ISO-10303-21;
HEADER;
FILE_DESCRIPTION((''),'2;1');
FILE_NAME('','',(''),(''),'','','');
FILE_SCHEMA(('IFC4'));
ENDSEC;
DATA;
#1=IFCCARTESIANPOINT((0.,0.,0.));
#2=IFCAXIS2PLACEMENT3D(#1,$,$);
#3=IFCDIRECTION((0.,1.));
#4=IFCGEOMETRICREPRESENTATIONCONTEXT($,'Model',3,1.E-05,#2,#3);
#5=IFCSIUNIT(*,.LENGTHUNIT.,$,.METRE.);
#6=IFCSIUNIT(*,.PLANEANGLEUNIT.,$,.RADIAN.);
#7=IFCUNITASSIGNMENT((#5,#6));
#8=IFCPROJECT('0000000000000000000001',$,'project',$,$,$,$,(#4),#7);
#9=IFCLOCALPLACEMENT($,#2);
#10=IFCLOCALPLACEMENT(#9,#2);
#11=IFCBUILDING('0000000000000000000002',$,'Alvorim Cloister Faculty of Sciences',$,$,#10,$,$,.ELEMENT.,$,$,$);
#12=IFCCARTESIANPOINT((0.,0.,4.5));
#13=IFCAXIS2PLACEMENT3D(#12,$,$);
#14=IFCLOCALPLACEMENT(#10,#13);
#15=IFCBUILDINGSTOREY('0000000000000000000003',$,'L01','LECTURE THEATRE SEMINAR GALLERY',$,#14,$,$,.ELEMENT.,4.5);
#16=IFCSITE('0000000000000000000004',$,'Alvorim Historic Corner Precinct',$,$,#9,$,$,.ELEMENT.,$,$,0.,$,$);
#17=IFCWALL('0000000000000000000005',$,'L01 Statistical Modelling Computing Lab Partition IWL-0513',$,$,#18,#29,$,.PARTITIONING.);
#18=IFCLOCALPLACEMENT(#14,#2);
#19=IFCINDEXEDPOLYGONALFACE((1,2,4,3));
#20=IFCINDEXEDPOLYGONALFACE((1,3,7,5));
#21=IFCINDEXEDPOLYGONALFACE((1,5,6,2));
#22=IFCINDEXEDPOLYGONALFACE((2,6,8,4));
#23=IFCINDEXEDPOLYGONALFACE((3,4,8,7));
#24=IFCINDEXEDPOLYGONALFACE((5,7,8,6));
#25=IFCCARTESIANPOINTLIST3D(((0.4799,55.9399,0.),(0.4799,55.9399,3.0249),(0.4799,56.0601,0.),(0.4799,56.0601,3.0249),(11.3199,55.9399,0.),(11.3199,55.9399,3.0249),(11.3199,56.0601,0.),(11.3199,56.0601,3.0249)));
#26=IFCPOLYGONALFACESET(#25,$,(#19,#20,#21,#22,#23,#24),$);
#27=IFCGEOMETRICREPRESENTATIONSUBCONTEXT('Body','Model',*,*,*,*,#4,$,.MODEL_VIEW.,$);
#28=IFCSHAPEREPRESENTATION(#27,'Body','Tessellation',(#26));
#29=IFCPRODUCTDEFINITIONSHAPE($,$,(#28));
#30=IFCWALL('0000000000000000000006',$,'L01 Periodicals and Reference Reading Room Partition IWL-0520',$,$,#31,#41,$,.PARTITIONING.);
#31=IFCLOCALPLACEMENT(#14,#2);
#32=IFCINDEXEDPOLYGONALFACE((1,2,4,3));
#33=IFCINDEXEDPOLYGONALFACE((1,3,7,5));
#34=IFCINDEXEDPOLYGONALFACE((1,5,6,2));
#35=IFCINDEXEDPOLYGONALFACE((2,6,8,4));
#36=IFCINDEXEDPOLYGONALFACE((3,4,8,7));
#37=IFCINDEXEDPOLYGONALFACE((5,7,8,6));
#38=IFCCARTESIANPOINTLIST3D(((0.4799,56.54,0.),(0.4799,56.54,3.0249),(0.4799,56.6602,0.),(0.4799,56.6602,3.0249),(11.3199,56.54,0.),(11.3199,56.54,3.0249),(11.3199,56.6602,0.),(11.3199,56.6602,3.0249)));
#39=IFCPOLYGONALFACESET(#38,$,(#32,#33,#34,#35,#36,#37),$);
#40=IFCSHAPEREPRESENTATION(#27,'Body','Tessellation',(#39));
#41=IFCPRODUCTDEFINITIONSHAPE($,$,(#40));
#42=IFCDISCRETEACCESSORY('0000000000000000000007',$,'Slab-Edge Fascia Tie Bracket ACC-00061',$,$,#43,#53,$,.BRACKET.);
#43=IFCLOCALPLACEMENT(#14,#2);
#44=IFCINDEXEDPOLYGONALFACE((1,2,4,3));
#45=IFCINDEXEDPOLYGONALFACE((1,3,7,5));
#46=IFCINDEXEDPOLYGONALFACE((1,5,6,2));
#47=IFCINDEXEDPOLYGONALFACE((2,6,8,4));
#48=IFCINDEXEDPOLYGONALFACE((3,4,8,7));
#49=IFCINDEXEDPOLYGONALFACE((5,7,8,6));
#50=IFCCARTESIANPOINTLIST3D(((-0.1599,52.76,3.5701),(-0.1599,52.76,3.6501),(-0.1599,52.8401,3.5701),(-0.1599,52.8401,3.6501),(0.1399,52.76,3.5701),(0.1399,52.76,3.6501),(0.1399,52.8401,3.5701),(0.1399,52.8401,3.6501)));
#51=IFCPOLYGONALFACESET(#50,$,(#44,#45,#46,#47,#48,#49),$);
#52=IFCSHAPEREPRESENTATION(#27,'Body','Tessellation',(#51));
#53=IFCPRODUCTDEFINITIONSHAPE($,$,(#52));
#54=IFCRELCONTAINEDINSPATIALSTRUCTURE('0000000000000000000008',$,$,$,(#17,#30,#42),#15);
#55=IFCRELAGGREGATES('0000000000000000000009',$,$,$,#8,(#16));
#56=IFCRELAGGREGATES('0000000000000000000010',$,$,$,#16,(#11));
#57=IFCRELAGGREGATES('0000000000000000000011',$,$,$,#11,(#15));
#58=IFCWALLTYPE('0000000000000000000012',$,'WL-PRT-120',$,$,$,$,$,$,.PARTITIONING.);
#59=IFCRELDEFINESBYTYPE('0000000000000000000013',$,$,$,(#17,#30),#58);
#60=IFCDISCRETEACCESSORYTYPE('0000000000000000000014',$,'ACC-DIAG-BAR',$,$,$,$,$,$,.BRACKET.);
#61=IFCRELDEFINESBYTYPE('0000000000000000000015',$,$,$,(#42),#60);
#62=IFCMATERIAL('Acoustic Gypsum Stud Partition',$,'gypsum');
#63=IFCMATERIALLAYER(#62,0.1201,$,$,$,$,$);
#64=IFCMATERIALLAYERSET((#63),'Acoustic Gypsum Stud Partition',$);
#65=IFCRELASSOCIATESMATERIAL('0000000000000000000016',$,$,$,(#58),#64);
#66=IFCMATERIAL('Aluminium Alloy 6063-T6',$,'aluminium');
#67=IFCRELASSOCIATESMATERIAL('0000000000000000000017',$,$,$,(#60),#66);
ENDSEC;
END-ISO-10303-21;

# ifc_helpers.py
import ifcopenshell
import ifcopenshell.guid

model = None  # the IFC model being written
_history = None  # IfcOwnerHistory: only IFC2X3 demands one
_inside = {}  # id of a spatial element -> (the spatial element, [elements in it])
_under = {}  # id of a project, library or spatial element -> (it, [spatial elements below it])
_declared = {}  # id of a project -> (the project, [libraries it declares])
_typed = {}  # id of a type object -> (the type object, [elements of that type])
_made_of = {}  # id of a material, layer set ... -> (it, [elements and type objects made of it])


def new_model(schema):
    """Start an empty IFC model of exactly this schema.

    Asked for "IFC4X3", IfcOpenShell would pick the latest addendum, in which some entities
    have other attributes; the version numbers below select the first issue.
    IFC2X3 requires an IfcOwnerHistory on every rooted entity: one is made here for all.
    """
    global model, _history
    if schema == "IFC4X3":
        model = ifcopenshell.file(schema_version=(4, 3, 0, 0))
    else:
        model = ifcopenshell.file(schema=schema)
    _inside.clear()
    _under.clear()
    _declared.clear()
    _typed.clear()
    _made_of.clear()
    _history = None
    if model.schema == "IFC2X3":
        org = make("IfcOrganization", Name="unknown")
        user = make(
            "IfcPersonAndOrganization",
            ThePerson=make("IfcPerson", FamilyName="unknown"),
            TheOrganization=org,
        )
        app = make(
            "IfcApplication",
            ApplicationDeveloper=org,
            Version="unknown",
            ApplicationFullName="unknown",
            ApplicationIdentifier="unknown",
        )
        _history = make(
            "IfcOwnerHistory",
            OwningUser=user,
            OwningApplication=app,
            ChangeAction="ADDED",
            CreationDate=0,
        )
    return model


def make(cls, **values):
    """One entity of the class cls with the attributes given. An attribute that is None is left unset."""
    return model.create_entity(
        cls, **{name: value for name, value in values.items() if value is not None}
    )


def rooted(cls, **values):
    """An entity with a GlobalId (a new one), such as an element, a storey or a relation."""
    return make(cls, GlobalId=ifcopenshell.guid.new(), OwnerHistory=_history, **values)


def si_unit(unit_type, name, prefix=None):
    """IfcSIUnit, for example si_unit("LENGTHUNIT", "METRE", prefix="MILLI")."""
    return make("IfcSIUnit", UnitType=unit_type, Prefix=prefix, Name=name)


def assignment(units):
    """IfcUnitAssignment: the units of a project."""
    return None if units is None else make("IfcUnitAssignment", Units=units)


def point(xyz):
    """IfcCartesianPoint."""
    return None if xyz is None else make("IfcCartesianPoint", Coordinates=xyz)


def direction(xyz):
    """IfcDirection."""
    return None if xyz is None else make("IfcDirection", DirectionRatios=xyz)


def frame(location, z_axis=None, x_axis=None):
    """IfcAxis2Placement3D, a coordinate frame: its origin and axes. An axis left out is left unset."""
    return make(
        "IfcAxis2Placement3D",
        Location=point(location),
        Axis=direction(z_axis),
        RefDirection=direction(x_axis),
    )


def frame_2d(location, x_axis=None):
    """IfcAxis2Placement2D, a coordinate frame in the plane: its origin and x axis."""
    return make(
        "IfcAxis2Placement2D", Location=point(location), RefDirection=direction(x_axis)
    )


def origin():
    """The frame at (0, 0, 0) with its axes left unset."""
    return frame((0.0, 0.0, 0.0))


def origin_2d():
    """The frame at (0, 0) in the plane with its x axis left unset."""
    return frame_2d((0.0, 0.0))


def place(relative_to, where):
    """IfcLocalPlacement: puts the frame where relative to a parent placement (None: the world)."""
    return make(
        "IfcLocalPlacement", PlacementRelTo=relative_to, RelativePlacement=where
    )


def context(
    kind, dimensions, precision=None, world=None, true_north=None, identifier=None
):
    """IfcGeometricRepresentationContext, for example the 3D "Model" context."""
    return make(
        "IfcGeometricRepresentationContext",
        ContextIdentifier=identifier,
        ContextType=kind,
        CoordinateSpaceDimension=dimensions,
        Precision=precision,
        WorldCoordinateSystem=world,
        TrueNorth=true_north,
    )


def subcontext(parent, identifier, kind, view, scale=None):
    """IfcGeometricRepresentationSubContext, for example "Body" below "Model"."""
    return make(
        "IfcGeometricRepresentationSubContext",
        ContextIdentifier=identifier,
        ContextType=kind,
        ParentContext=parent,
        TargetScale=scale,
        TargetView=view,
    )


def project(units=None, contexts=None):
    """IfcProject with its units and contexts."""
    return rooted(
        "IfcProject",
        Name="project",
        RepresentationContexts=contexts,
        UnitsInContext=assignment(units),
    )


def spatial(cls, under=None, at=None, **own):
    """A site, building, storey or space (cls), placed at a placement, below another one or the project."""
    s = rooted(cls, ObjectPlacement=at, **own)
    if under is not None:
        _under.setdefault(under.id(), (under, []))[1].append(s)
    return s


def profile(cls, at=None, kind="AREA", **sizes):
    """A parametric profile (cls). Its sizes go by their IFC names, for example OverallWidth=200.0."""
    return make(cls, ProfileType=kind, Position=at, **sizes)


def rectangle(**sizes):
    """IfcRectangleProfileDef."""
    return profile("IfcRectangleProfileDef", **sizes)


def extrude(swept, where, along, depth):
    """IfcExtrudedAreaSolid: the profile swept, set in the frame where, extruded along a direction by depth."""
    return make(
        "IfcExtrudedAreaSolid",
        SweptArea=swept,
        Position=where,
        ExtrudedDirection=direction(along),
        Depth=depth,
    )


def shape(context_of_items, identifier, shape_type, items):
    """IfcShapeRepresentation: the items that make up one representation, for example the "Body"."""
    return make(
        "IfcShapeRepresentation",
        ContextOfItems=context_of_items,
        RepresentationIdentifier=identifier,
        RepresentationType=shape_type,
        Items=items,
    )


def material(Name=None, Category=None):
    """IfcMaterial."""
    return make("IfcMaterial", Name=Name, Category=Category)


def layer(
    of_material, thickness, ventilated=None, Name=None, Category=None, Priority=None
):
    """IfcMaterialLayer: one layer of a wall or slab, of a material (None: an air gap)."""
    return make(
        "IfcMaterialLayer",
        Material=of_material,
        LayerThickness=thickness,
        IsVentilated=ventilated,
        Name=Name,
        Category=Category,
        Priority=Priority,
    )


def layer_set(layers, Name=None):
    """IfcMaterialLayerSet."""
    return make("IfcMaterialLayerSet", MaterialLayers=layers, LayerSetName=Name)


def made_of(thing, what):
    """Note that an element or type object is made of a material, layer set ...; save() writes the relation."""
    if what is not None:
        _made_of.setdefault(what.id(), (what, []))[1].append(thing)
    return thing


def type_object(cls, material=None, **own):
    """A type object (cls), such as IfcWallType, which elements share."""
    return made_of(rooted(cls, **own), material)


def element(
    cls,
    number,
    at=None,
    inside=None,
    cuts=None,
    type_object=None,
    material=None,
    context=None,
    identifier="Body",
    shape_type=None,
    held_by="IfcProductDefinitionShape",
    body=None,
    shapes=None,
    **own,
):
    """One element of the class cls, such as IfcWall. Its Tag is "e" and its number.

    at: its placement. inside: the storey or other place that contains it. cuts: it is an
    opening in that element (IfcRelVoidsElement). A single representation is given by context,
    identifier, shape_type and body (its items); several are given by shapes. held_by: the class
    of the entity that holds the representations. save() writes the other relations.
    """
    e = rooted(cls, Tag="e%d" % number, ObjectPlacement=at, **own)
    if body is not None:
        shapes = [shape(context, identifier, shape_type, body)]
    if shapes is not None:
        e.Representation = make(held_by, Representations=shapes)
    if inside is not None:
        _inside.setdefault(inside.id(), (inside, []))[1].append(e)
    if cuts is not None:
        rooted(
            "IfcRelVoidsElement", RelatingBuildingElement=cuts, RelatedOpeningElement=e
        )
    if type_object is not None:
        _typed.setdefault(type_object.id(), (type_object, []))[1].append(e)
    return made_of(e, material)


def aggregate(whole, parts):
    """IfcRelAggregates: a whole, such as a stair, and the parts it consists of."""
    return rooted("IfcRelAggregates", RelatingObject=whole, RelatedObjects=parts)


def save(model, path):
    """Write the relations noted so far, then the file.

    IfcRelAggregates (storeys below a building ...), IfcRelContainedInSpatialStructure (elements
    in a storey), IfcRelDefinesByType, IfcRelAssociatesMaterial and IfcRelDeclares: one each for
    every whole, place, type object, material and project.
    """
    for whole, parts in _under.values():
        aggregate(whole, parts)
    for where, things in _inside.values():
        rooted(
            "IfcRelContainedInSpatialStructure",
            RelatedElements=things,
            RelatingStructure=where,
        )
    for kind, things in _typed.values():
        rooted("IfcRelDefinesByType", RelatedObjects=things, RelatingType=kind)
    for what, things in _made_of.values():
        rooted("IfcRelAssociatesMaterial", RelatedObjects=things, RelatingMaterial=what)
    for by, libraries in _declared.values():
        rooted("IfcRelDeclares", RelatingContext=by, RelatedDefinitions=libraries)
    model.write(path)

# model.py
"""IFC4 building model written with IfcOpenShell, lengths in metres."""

from ifc_helpers import new_model, si_unit, direction, frame, frame_2d, origin, origin_2d, place, context, subcontext, project, spatial, rectangle, extrude, material, layer, layer_set, type_object, element, save


model = new_model("IFC4")

# Units and contexts
model_context = context("Model", 3, precision=1e-05, world=origin(), true_north=direction((0.0, 1.0)))
body_context = subcontext(model_context, "Body", "Model", "MODEL_VIEW")
ifc_project = project(units=[si_unit("LENGTHUNIT", "METRE"), si_unit("PLANEANGLEUNIT", "RADIAN")], contexts=[model_context])

# Site, building, storey
site_placement = place(None, origin())
site = spatial("IfcSite", under=ifc_project, at=site_placement, Name="Alvorim Historic Corner Precinct", CompositionType="ELEMENT", RefElevation=0.0)
building_placement = place(site_placement, origin())
building = spatial("IfcBuilding", under=site, at=building_placement, Name="Alvorim Cloister Faculty of Sciences", CompositionType="ELEMENT")
storey_placement = place(building_placement, frame((0.0, 0.0, 4.5)))
storey = spatial("IfcBuildingStorey", under=building, at=storey_placement, Name="L01", Description="LECTURE THEATRE SEMINAR GALLERY", CompositionType="ELEMENT", Elevation=4.5)

# Shared definitions
ifc_material_1 = material(Name="Aluminium Alloy 6063-T6", Category="aluminium")

# Walls
ifc_material_2 = material(Name="Acoustic Gypsum Stud Partition", Category="gypsum")
ifc_layer_1 = layer(ifc_material_2, 0.1201)
ifc_layer_set_1 = layer_set([ifc_layer_1], Name="Acoustic Gypsum Stud Partition")
wall_type_1 = type_object("IfcWallType", Name="WL-PRT-120", PredefinedType="PARTITIONING", material=ifc_layer_set_1)
for number, where, z_axis, x_axis, name in (
    (1, (0.48, 56.0, 0.0), (0.0, 0.0, 1.0), (1.0, 0.0, 0.0), "L01 Statistical Modelling Computing Lab Partition IWL-0513"),
    (2, (0.48, 56.6001, 0.0), (0.0, 0.0, 1.0), (1.0, 0.0, 0.0), "L01 Periodicals and Reference Reading Room Partition IWL-0520"),
):
    element("IfcWall", number, at=place(storey_placement, frame(where, z_axis=z_axis, x_axis=x_axis)), inside=storey, type_object=wall_type_1, Name=name, PredefinedType="PARTITIONING", context=body_context, shape_type="SweptSolid", body=[
        extrude(rectangle(XDim=10.8401, YDim=0.1201, at=frame_2d((5.4199, 0.0))), origin(), (0.0, 0.0, 1.0), 3.0249),
    ])

# Discrete accessory
discrete_accessory_type = type_object("IfcDiscreteAccessoryType", Name="ACC-DIAG-BAR", PredefinedType="BRACKET", material=ifc_material_1)
discrete_accessory_placement = place(storey_placement, frame((0.1399, 52.8, 3.6101), z_axis=(-1.0, 0.0, 0.0), x_axis=(0.0, -1.0, 0.0)))
element("IfcDiscreteAccessory", 3, at=discrete_accessory_placement, inside=storey, type_object=discrete_accessory_type, Name="Slab-Edge Fascia Tie Bracket ACC-00061", PredefinedType="BRACKET", context=body_context, shape_type="SweptSolid", body=[
    extrude(rectangle(XDim=0.0801, YDim=0.0801, at=origin_2d()), origin(), (0.0, 0.0, 1.0), 0.2998),
])

save(model, "model.ifc")
